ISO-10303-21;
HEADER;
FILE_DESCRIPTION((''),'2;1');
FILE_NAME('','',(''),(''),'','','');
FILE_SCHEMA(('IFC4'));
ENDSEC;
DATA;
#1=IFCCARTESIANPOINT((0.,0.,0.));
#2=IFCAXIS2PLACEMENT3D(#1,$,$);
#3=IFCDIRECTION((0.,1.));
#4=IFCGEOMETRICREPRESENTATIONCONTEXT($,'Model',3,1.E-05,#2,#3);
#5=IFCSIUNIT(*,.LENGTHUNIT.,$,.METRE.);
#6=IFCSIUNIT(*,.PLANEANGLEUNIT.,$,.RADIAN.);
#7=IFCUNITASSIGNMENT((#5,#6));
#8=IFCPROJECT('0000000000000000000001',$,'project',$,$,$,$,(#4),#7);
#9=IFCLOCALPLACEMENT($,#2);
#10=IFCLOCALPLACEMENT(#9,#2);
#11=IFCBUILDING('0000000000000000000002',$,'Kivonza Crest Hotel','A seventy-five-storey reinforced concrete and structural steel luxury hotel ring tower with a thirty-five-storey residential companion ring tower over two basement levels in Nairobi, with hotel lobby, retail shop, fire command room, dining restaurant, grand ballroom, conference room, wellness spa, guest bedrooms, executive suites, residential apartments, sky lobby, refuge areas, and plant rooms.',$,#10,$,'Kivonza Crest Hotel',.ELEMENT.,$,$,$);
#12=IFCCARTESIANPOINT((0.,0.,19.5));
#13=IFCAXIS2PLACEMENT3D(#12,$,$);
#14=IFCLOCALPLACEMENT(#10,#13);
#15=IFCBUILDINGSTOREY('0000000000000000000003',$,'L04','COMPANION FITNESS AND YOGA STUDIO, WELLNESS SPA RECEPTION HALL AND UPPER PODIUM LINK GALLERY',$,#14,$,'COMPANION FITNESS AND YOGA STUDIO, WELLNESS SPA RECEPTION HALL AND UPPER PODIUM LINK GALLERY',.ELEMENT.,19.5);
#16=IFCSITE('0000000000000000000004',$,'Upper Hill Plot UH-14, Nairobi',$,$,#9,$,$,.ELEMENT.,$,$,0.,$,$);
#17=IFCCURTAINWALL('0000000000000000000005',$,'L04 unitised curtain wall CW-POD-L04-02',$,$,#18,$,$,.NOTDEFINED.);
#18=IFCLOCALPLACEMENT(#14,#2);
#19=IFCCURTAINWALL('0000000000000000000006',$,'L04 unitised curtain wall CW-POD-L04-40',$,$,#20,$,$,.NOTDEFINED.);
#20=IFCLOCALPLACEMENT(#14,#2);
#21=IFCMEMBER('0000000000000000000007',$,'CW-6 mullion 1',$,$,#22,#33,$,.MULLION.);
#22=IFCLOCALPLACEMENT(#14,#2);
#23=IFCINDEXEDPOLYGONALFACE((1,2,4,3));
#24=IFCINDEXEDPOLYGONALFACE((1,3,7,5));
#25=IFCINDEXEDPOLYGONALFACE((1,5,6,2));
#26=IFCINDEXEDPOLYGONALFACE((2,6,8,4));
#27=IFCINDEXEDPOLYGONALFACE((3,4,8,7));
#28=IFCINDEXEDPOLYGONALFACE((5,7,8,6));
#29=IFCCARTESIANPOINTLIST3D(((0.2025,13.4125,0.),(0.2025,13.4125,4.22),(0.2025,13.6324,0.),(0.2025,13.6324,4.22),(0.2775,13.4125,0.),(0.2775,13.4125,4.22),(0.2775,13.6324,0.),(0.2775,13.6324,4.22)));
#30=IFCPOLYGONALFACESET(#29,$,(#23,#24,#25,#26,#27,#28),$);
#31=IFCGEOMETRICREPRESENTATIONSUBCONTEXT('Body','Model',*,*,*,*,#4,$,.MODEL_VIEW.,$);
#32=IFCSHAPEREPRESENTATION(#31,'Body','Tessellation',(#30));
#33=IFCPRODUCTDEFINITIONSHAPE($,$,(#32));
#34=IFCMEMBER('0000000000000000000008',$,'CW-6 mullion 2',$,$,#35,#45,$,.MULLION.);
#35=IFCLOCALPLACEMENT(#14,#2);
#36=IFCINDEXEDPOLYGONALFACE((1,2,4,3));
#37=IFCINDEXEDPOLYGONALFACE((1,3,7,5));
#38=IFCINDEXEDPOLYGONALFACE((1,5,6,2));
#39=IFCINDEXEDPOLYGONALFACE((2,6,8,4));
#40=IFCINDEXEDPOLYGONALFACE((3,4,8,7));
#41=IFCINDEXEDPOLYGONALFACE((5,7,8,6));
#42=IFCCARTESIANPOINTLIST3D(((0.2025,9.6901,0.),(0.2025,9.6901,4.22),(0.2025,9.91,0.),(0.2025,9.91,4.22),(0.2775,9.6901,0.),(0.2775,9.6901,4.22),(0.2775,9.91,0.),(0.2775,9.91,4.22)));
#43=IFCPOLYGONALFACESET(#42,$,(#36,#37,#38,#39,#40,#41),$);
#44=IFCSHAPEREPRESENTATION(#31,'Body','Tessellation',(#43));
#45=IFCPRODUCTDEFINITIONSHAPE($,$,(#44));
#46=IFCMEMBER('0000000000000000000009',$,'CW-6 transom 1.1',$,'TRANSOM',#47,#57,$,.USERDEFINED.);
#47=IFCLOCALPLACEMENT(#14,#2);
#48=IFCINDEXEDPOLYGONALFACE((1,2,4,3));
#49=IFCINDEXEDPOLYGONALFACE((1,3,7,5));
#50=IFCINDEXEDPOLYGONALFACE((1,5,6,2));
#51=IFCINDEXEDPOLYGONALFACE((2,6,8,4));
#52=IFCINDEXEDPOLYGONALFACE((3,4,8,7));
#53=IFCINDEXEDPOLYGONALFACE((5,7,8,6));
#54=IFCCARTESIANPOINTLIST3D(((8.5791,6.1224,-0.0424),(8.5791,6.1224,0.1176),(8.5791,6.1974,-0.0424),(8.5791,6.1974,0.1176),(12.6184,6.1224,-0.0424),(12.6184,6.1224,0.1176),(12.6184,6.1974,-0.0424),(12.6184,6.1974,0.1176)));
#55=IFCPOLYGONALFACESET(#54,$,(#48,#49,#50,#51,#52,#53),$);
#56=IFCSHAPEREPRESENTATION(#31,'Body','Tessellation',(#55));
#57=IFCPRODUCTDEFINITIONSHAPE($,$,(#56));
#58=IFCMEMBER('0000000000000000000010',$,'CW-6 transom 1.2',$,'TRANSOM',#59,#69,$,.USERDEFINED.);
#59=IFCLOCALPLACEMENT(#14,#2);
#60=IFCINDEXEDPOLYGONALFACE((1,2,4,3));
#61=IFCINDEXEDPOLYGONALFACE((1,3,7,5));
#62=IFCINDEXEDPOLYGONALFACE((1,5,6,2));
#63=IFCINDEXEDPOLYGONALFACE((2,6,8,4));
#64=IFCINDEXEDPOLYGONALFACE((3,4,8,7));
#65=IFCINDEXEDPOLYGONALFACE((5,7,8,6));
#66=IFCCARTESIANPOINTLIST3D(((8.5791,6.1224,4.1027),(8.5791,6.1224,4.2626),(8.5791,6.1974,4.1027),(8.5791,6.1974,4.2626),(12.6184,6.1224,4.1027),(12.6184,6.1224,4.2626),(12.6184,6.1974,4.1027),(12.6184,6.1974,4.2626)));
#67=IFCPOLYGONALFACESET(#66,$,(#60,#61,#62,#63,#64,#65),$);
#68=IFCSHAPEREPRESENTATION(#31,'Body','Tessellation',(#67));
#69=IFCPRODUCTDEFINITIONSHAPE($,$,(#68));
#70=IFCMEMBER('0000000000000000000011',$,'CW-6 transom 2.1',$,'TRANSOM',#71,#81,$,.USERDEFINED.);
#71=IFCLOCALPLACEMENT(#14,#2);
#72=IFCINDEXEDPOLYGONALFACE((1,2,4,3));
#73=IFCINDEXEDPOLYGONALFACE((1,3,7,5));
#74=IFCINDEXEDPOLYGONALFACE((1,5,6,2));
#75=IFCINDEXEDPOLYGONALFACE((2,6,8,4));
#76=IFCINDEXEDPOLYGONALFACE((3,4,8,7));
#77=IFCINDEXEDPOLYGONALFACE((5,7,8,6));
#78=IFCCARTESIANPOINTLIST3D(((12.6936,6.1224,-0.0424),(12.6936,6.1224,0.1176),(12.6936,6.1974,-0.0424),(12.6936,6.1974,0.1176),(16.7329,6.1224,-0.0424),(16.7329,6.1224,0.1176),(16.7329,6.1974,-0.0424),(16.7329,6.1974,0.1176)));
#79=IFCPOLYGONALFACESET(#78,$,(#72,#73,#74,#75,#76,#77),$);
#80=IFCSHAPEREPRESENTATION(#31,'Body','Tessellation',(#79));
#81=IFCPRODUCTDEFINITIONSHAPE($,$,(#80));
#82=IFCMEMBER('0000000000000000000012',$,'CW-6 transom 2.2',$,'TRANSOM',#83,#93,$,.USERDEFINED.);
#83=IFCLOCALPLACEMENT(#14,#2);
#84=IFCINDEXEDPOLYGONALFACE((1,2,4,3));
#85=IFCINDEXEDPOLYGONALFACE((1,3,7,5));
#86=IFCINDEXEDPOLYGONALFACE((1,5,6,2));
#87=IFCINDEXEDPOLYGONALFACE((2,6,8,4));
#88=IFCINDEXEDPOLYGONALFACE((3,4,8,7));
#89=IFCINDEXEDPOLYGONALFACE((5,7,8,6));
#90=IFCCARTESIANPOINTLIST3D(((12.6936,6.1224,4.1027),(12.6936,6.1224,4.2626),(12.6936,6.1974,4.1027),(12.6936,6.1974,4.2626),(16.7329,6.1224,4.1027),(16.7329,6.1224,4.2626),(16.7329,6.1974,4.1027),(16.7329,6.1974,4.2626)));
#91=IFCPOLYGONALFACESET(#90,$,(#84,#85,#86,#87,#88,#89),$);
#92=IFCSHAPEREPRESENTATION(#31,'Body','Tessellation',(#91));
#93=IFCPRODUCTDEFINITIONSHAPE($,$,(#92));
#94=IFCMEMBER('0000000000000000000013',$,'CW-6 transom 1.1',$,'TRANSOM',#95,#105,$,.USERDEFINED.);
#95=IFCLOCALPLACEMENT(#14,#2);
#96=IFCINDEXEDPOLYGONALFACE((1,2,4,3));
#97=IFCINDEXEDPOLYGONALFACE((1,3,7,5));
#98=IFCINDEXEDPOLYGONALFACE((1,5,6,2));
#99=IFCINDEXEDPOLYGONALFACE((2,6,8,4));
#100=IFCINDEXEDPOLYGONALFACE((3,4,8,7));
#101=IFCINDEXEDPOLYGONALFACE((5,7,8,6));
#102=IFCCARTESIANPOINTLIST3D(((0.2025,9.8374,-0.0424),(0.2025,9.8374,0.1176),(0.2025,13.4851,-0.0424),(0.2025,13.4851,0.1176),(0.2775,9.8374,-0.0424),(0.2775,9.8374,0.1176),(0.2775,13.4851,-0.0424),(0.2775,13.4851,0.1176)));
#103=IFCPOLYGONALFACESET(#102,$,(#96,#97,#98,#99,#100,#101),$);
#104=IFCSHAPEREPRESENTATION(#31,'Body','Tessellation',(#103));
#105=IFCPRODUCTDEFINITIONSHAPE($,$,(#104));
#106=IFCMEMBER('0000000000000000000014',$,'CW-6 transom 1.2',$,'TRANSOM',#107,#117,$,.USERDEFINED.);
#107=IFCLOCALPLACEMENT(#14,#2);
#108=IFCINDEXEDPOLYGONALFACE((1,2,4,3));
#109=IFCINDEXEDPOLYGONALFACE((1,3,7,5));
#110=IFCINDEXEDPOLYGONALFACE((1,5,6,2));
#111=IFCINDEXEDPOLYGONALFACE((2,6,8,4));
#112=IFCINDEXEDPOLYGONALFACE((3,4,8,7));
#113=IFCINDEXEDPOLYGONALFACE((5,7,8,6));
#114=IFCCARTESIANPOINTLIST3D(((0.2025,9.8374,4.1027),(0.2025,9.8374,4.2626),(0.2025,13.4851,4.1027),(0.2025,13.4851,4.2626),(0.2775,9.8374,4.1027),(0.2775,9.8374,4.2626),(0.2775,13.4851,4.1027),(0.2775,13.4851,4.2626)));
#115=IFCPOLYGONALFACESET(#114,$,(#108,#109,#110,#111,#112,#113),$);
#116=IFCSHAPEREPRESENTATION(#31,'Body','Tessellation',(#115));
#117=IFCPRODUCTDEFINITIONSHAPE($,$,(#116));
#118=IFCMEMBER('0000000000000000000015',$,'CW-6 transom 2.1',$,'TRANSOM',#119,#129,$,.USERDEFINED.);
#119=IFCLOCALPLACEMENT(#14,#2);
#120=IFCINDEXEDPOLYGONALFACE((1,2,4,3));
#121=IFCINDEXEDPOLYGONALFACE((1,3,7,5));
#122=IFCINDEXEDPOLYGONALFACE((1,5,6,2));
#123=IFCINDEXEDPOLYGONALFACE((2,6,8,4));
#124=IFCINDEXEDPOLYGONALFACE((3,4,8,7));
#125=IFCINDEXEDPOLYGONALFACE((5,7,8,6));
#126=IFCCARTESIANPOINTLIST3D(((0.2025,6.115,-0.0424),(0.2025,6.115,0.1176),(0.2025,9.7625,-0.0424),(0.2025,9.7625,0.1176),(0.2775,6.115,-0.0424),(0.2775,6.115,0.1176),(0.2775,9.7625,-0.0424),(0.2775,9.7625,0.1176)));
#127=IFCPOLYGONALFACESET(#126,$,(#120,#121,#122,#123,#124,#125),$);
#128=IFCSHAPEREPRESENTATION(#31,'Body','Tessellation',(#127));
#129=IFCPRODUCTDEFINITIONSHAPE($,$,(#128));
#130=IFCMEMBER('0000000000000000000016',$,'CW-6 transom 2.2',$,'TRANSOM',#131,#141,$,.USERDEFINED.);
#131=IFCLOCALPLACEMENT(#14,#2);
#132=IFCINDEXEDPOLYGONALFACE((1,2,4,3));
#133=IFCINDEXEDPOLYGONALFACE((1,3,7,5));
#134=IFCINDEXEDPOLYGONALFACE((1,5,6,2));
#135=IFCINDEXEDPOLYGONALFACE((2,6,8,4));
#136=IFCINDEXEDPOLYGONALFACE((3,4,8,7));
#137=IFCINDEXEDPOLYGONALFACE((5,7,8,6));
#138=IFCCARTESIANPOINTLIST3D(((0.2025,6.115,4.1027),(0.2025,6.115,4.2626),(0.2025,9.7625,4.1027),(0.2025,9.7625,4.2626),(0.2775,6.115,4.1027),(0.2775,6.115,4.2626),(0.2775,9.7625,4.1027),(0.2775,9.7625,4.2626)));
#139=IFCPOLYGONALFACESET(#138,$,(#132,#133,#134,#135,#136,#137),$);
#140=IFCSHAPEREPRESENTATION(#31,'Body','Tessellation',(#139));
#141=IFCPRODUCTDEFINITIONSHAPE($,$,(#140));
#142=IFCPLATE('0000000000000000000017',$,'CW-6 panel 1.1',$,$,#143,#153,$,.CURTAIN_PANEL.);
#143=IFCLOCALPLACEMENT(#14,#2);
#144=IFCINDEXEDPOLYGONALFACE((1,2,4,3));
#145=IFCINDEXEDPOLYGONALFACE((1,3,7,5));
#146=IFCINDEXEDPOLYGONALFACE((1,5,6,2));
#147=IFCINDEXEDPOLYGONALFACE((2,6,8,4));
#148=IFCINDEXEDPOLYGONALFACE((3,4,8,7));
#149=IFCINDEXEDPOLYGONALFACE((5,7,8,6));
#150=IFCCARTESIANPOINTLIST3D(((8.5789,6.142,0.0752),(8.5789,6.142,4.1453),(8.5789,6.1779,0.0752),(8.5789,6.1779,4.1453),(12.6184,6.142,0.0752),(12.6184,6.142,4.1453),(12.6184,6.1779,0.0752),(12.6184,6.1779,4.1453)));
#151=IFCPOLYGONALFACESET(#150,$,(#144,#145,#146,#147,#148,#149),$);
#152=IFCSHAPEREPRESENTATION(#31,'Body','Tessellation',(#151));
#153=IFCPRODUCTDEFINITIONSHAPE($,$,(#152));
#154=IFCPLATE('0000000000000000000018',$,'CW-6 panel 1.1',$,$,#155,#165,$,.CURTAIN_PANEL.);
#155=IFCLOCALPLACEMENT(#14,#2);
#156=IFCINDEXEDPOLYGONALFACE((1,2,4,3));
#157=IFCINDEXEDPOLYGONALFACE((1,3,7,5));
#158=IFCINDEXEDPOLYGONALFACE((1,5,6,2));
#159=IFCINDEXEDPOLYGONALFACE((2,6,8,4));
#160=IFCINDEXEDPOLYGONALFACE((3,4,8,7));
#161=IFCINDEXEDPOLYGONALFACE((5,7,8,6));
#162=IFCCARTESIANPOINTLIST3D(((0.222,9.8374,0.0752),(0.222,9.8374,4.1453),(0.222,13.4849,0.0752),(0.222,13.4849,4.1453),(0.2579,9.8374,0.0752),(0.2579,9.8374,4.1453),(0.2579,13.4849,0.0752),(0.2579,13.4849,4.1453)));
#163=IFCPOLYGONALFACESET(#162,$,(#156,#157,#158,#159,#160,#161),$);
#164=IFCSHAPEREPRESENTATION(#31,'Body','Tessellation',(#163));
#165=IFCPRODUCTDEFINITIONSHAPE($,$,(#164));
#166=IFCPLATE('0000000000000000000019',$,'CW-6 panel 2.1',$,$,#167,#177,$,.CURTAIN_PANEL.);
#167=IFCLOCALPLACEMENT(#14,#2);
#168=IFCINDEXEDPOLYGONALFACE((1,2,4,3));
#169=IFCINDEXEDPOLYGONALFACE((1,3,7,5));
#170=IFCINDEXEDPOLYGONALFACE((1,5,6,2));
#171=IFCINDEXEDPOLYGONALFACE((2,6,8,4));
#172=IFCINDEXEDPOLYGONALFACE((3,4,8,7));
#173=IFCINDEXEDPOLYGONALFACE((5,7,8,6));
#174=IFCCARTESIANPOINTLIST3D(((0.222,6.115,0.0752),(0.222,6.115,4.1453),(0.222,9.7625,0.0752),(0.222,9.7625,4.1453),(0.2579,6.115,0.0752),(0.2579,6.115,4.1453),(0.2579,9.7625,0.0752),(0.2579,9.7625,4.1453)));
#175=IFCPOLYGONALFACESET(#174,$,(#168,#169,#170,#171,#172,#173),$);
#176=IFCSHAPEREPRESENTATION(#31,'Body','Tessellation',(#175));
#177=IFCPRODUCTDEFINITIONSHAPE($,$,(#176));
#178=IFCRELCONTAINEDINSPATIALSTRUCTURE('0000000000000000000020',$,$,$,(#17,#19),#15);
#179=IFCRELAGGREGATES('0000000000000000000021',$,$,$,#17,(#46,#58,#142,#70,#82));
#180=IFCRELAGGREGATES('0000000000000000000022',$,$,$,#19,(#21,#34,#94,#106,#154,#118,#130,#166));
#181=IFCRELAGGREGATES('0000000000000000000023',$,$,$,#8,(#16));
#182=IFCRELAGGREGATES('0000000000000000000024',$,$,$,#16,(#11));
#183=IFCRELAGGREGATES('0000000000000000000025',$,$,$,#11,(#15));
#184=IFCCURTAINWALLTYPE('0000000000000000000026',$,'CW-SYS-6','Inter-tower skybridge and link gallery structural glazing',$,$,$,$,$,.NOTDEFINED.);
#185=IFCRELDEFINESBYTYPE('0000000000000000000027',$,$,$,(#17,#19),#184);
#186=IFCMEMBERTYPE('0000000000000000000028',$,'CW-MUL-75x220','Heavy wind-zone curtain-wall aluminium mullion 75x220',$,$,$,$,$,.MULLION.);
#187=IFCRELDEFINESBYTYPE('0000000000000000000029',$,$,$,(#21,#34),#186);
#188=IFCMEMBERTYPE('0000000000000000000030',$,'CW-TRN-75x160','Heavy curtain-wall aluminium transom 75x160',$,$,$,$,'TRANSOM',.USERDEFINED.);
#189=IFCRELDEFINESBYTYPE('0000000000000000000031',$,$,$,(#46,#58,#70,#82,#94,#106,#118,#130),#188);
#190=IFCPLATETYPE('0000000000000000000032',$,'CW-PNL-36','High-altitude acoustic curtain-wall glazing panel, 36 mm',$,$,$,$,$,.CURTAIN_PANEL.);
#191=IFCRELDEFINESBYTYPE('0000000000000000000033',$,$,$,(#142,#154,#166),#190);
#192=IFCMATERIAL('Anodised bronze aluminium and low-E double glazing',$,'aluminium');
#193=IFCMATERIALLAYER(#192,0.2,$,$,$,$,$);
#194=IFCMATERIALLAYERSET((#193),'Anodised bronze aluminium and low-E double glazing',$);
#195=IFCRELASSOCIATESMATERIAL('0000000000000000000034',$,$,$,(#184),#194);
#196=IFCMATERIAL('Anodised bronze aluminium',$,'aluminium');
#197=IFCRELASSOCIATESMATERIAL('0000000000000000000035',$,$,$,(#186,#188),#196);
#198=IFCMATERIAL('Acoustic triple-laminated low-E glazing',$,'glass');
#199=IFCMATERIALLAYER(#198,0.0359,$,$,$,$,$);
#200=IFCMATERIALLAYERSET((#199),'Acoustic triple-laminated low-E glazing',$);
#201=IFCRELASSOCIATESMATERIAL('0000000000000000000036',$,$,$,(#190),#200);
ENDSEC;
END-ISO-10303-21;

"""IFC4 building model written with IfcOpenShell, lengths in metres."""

from ifc_helpers import new_model, si_unit, direction, frame, origin, origin_2d, place, context, subcontext, project, spatial, rectangle, extrude, material, layer, layer_set, material_profile, profile_set, type_object, element, aggregate, save


model = new_model("IFC4")

# Units and contexts
model_context = context("Model", 3, precision=1e-05, world=origin(), true_north=direction((0.0, 1.0)))
body_context = subcontext(model_context, "Body", "Model", "MODEL_VIEW")
ifc_project = project(units=[si_unit("LENGTHUNIT", "METRE"), si_unit("PLANEANGLEUNIT", "RADIAN")], contexts=[model_context])

# Site, building, storey
site_placement = place(None, origin())
site = spatial("IfcSite", under=ifc_project, at=site_placement, Name="Upper Hill Plot UH-14, Nairobi", CompositionType="ELEMENT", RefElevation=0.0)
building_placement = place(site_placement, origin())
building = spatial("IfcBuilding", under=site, at=building_placement, Name="Kivonza Crest Hotel", Description="A seventy-five-storey reinforced concrete and structural steel luxury hotel ring tower with a thirty-five-storey residential companion ring tower over two basement levels in Nairobi, with hotel lobby, retail shop, fire command room, dining restaurant, grand ballroom, conference room, wellness spa, guest bedrooms, executive suites, residential apartments, sky lobby, refuge areas, and plant rooms.", LongName="Kivonza Crest Hotel", CompositionType="ELEMENT")
storey_placement = place(building_placement, frame((0.0, 0.0, 19.5)))
storey = spatial("IfcBuildingStorey", under=building, at=storey_placement, Name="L04", Description="COMPANION FITNESS AND YOGA STUDIO, WELLNESS SPA RECEPTION HALL AND UPPER PODIUM LINK GALLERY", LongName="COMPANION FITNESS AND YOGA STUDIO, WELLNESS SPA RECEPTION HALL AND UPPER PODIUM LINK GALLERY", CompositionType="ELEMENT", Elevation=19.5)

# Curtain walls, members
ifc_material_1 = material(Name="Anodised bronze aluminium and low-E double glazing", Category="aluminium")
ifc_layer_1 = layer(ifc_material_1, 0.2)
ifc_layer_set_1 = layer_set([ifc_layer_1], Name="Anodised bronze aluminium and low-E double glazing")
curtain_wall_type = type_object("IfcCurtainWallType", Name="CW-SYS-6", Description="Inter-tower skybridge and link gallery structural glazing", PredefinedType="NOTDEFINED", material=ifc_layer_set_1)
curtain_wall_1_placement = place(storey_placement, origin())
curtain_wall_1 = element("IfcCurtainWall", 1, at=curtain_wall_1_placement, inside=storey, type_object=curtain_wall_type, Name="L04 unitised curtain wall CW-POD-L04-02", PredefinedType="NOTDEFINED")
ifc_material_2 = material(Name="Anodised bronze aluminium", Category="aluminium")
ifc_material_profile_1 = material_profile(ifc_material_2, rectangle(XDim=0.075, YDim=0.22, at=origin_2d()), Name="CW-M 75x220")
ifc_profile_set_1 = profile_set([ifc_material_profile_1], Name="Anodised bronze aluminium")
member_type_1 = type_object("IfcMemberType", Name="CW-MUL-75x220", Description="Heavy wind-zone curtain-wall aluminium mullion 75x220", PredefinedType="MULLION", material=ifc_profile_set_1)
curtain_wall_2_placement = place(storey_placement, origin())
curtain_wall_2 = element("IfcCurtainWall", 2, at=curtain_wall_2_placement, inside=storey, type_object=curtain_wall_type, Name="L04 unitised curtain wall CW-POD-L04-40", PredefinedType="NOTDEFINED")
member_1_placement = place(storey_placement, frame((0.24, 13.5225, 0.0), z_axis=(0.0, 0.0, 1.0), x_axis=(1.0, 0.0, 0.0)))
member_1 = element("IfcMember", 3, at=member_1_placement, type_object=member_type_1, Name="CW-6 mullion 1", PredefinedType="MULLION", context=body_context, shape_type="SweptSolid", body=[
    extrude(rectangle(XDim=0.075, YDim=0.22, at=origin_2d()), origin(), (0.0, 0.0, 1.0), 4.22),
])
member_2_placement = place(storey_placement, frame((0.24, 9.8, 0.0), z_axis=(0.0, 0.0, 1.0), x_axis=(1.0, 0.0, 0.0)))
member_2 = element("IfcMember", 4, at=member_2_placement, type_object=member_type_1, Name="CW-6 mullion 2", PredefinedType="MULLION", context=body_context, shape_type="SweptSolid", body=[
    extrude(rectangle(XDim=0.075, YDim=0.22, at=origin_2d()), origin(), (0.0, 0.0, 1.0), 4.22),
])

# Members
ifc_material_profile_2 = material_profile(ifc_material_2, rectangle(XDim=0.075, YDim=0.1599, at=origin_2d()), Name="CW-T 75x160")
ifc_profile_set_2 = profile_set([ifc_material_profile_2], Name="Anodised bronze aluminium")
member_type_2 = type_object("IfcMemberType", Name="CW-TRN-75x160", Description="Heavy curtain-wall aluminium transom 75x160", ElementType="TRANSOM", PredefinedType="USERDEFINED", material=ifc_profile_set_2)
member_3_placement = place(storey_placement, frame((8.5791, 6.1599, 0.0376), z_axis=(1.0, 0.0, 0.0), x_axis=(0.0, 1.0, 0.0)))
member_3 = element("IfcMember", 5, at=member_3_placement, type_object=member_type_2, Name="CW-6 transom 1.1", ObjectType="TRANSOM", PredefinedType="USERDEFINED", context=body_context, shape_type="SweptSolid", body=[
    extrude(rectangle(XDim=0.075, YDim=0.1599, at=origin_2d()), origin(), (0.0, 0.0, 1.0), 4.0393),
])
member_4_placement = place(storey_placement, frame((8.5791, 6.1599, 4.1826), z_axis=(1.0, 0.0, 0.0), x_axis=(0.0, 1.0, 0.0)))
member_4 = element("IfcMember", 6, at=member_4_placement, type_object=member_type_2, Name="CW-6 transom 1.2", ObjectType="TRANSOM", PredefinedType="USERDEFINED", context=body_context, shape_type="SweptSolid", body=[
    extrude(rectangle(XDim=0.075, YDim=0.1599, at=origin_2d()), origin(), (0.0, 0.0, 1.0), 4.0393),
])
member_5_placement = place(storey_placement, frame((12.6936, 6.1599, 0.0376), z_axis=(1.0, 0.0, 0.0), x_axis=(0.0, 1.0, 0.0)))
member_5 = element("IfcMember", 7, at=member_5_placement, type_object=member_type_2, Name="CW-6 transom 2.1", ObjectType="TRANSOM", PredefinedType="USERDEFINED", context=body_context, shape_type="SweptSolid", body=[
    extrude(rectangle(XDim=0.075, YDim=0.1599, at=origin_2d()), origin(), (0.0, 0.0, 1.0), 4.0393),
])
member_6_placement = place(storey_placement, frame((12.6936, 6.1599, 4.1826), z_axis=(1.0, 0.0, 0.0), x_axis=(0.0, 1.0, 0.0)))
member_6 = element("IfcMember", 8, at=member_6_placement, type_object=member_type_2, Name="CW-6 transom 2.2", ObjectType="TRANSOM", PredefinedType="USERDEFINED", context=body_context, shape_type="SweptSolid", body=[
    extrude(rectangle(XDim=0.075, YDim=0.1599, at=origin_2d()), origin(), (0.0, 0.0, 1.0), 4.0393),
])
member_7_placement = place(storey_placement, frame((0.24, 13.4851, 0.0376), z_axis=(0.0, -1.0, 0.0), x_axis=(1.0, 0.0, 0.0)))
member_7 = element("IfcMember", 9, at=member_7_placement, type_object=member_type_2, Name="CW-6 transom 1.1", ObjectType="TRANSOM", PredefinedType="USERDEFINED", context=body_context, shape_type="SweptSolid", body=[
    extrude(rectangle(XDim=0.075, YDim=0.1599, at=origin_2d()), origin(), (0.0, 0.0, 1.0), 3.6477),
])
member_8_placement = place(storey_placement, frame((0.24, 13.4851, 4.1826), z_axis=(0.0, -1.0, 0.0), x_axis=(1.0, 0.0, 0.0)))
member_8 = element("IfcMember", 10, at=member_8_placement, type_object=member_type_2, Name="CW-6 transom 1.2", ObjectType="TRANSOM", PredefinedType="USERDEFINED", context=body_context, shape_type="SweptSolid", body=[
    extrude(rectangle(XDim=0.075, YDim=0.1599, at=origin_2d()), origin(), (0.0, 0.0, 1.0), 3.6477),
])
member_9_placement = place(storey_placement, frame((0.24, 9.7625, 0.0376), z_axis=(0.0, -1.0, 0.0), x_axis=(1.0, 0.0, 0.0)))
member_9 = element("IfcMember", 11, at=member_9_placement, type_object=member_type_2, Name="CW-6 transom 2.1", ObjectType="TRANSOM", PredefinedType="USERDEFINED", context=body_context, shape_type="SweptSolid", body=[
    extrude(rectangle(XDim=0.075, YDim=0.1599, at=origin_2d()), origin(), (0.0, 0.0, 1.0), 3.6475),
])
member_10_placement = place(storey_placement, frame((0.24, 9.7625, 4.1826), z_axis=(0.0, -1.0, 0.0), x_axis=(1.0, 0.0, 0.0)))
member_10 = element("IfcMember", 12, at=member_10_placement, type_object=member_type_2, Name="CW-6 transom 2.2", ObjectType="TRANSOM", PredefinedType="USERDEFINED", context=body_context, shape_type="SweptSolid", body=[
    extrude(rectangle(XDim=0.075, YDim=0.1599, at=origin_2d()), origin(), (0.0, 0.0, 1.0), 3.6475),
])

# Plates
ifc_material_3 = material(Name="Acoustic triple-laminated low-E glazing", Category="glass")
ifc_layer_2 = layer(ifc_material_3, 0.0359)
ifc_layer_set_2 = layer_set([ifc_layer_2], Name="Acoustic triple-laminated low-E glazing")
plate_type = type_object("IfcPlateType", Name="CW-PNL-36", Description="High-altitude acoustic curtain-wall glazing panel, 36 mm", PredefinedType="CURTAIN_PANEL", material=ifc_layer_set_2)
plate_1_placement = place(storey_placement, frame((10.5986, 6.1599, 0.0752), z_axis=(0.0, 0.0, 1.0), x_axis=(1.0, 0.0, 0.0)))
plate_1 = element("IfcPlate", 13, at=plate_1_placement, type_object=plate_type, Name="CW-6 panel 1.1", PredefinedType="CURTAIN_PANEL", context=body_context, shape_type="SweptSolid", body=[
    extrude(rectangle(XDim=4.0396, YDim=0.0359, at=origin_2d()), origin(), (0.0, 0.0, 1.0), 4.0701),
])
aggregate(curtain_wall_1, [member_3, member_4, plate_1, member_5, member_6])
plate_2_placement = place(storey_placement, frame((0.24, 11.6611, 0.0752), z_axis=(0.0, 0.0, 1.0), x_axis=(0.0, -1.0, 0.0)))
plate_2 = element("IfcPlate", 14, at=plate_2_placement, type_object=plate_type, Name="CW-6 panel 1.1", PredefinedType="CURTAIN_PANEL", context=body_context, shape_type="SweptSolid", body=[
    extrude(rectangle(XDim=3.6475, YDim=0.0359, at=origin_2d()), origin(), (0.0, 0.0, 1.0), 4.0701),
])
plate_3_placement = place(storey_placement, frame((0.24, 7.9387, 0.0752), z_axis=(0.0, 0.0, 1.0), x_axis=(0.0, -1.0, 0.0)))
plate_3 = element("IfcPlate", 15, at=plate_3_placement, type_object=plate_type, Name="CW-6 panel 2.1", PredefinedType="CURTAIN_PANEL", context=body_context, shape_type="SweptSolid", body=[
    extrude(rectangle(XDim=3.6475, YDim=0.0359, at=origin_2d()), origin(), (0.0, 0.0, 1.0), 4.0701),
])
aggregate(curtain_wall_2, [member_1, member_2, member_7, member_8, plate_2, member_9, member_10, plate_3])

save(model, "model.ifc")
